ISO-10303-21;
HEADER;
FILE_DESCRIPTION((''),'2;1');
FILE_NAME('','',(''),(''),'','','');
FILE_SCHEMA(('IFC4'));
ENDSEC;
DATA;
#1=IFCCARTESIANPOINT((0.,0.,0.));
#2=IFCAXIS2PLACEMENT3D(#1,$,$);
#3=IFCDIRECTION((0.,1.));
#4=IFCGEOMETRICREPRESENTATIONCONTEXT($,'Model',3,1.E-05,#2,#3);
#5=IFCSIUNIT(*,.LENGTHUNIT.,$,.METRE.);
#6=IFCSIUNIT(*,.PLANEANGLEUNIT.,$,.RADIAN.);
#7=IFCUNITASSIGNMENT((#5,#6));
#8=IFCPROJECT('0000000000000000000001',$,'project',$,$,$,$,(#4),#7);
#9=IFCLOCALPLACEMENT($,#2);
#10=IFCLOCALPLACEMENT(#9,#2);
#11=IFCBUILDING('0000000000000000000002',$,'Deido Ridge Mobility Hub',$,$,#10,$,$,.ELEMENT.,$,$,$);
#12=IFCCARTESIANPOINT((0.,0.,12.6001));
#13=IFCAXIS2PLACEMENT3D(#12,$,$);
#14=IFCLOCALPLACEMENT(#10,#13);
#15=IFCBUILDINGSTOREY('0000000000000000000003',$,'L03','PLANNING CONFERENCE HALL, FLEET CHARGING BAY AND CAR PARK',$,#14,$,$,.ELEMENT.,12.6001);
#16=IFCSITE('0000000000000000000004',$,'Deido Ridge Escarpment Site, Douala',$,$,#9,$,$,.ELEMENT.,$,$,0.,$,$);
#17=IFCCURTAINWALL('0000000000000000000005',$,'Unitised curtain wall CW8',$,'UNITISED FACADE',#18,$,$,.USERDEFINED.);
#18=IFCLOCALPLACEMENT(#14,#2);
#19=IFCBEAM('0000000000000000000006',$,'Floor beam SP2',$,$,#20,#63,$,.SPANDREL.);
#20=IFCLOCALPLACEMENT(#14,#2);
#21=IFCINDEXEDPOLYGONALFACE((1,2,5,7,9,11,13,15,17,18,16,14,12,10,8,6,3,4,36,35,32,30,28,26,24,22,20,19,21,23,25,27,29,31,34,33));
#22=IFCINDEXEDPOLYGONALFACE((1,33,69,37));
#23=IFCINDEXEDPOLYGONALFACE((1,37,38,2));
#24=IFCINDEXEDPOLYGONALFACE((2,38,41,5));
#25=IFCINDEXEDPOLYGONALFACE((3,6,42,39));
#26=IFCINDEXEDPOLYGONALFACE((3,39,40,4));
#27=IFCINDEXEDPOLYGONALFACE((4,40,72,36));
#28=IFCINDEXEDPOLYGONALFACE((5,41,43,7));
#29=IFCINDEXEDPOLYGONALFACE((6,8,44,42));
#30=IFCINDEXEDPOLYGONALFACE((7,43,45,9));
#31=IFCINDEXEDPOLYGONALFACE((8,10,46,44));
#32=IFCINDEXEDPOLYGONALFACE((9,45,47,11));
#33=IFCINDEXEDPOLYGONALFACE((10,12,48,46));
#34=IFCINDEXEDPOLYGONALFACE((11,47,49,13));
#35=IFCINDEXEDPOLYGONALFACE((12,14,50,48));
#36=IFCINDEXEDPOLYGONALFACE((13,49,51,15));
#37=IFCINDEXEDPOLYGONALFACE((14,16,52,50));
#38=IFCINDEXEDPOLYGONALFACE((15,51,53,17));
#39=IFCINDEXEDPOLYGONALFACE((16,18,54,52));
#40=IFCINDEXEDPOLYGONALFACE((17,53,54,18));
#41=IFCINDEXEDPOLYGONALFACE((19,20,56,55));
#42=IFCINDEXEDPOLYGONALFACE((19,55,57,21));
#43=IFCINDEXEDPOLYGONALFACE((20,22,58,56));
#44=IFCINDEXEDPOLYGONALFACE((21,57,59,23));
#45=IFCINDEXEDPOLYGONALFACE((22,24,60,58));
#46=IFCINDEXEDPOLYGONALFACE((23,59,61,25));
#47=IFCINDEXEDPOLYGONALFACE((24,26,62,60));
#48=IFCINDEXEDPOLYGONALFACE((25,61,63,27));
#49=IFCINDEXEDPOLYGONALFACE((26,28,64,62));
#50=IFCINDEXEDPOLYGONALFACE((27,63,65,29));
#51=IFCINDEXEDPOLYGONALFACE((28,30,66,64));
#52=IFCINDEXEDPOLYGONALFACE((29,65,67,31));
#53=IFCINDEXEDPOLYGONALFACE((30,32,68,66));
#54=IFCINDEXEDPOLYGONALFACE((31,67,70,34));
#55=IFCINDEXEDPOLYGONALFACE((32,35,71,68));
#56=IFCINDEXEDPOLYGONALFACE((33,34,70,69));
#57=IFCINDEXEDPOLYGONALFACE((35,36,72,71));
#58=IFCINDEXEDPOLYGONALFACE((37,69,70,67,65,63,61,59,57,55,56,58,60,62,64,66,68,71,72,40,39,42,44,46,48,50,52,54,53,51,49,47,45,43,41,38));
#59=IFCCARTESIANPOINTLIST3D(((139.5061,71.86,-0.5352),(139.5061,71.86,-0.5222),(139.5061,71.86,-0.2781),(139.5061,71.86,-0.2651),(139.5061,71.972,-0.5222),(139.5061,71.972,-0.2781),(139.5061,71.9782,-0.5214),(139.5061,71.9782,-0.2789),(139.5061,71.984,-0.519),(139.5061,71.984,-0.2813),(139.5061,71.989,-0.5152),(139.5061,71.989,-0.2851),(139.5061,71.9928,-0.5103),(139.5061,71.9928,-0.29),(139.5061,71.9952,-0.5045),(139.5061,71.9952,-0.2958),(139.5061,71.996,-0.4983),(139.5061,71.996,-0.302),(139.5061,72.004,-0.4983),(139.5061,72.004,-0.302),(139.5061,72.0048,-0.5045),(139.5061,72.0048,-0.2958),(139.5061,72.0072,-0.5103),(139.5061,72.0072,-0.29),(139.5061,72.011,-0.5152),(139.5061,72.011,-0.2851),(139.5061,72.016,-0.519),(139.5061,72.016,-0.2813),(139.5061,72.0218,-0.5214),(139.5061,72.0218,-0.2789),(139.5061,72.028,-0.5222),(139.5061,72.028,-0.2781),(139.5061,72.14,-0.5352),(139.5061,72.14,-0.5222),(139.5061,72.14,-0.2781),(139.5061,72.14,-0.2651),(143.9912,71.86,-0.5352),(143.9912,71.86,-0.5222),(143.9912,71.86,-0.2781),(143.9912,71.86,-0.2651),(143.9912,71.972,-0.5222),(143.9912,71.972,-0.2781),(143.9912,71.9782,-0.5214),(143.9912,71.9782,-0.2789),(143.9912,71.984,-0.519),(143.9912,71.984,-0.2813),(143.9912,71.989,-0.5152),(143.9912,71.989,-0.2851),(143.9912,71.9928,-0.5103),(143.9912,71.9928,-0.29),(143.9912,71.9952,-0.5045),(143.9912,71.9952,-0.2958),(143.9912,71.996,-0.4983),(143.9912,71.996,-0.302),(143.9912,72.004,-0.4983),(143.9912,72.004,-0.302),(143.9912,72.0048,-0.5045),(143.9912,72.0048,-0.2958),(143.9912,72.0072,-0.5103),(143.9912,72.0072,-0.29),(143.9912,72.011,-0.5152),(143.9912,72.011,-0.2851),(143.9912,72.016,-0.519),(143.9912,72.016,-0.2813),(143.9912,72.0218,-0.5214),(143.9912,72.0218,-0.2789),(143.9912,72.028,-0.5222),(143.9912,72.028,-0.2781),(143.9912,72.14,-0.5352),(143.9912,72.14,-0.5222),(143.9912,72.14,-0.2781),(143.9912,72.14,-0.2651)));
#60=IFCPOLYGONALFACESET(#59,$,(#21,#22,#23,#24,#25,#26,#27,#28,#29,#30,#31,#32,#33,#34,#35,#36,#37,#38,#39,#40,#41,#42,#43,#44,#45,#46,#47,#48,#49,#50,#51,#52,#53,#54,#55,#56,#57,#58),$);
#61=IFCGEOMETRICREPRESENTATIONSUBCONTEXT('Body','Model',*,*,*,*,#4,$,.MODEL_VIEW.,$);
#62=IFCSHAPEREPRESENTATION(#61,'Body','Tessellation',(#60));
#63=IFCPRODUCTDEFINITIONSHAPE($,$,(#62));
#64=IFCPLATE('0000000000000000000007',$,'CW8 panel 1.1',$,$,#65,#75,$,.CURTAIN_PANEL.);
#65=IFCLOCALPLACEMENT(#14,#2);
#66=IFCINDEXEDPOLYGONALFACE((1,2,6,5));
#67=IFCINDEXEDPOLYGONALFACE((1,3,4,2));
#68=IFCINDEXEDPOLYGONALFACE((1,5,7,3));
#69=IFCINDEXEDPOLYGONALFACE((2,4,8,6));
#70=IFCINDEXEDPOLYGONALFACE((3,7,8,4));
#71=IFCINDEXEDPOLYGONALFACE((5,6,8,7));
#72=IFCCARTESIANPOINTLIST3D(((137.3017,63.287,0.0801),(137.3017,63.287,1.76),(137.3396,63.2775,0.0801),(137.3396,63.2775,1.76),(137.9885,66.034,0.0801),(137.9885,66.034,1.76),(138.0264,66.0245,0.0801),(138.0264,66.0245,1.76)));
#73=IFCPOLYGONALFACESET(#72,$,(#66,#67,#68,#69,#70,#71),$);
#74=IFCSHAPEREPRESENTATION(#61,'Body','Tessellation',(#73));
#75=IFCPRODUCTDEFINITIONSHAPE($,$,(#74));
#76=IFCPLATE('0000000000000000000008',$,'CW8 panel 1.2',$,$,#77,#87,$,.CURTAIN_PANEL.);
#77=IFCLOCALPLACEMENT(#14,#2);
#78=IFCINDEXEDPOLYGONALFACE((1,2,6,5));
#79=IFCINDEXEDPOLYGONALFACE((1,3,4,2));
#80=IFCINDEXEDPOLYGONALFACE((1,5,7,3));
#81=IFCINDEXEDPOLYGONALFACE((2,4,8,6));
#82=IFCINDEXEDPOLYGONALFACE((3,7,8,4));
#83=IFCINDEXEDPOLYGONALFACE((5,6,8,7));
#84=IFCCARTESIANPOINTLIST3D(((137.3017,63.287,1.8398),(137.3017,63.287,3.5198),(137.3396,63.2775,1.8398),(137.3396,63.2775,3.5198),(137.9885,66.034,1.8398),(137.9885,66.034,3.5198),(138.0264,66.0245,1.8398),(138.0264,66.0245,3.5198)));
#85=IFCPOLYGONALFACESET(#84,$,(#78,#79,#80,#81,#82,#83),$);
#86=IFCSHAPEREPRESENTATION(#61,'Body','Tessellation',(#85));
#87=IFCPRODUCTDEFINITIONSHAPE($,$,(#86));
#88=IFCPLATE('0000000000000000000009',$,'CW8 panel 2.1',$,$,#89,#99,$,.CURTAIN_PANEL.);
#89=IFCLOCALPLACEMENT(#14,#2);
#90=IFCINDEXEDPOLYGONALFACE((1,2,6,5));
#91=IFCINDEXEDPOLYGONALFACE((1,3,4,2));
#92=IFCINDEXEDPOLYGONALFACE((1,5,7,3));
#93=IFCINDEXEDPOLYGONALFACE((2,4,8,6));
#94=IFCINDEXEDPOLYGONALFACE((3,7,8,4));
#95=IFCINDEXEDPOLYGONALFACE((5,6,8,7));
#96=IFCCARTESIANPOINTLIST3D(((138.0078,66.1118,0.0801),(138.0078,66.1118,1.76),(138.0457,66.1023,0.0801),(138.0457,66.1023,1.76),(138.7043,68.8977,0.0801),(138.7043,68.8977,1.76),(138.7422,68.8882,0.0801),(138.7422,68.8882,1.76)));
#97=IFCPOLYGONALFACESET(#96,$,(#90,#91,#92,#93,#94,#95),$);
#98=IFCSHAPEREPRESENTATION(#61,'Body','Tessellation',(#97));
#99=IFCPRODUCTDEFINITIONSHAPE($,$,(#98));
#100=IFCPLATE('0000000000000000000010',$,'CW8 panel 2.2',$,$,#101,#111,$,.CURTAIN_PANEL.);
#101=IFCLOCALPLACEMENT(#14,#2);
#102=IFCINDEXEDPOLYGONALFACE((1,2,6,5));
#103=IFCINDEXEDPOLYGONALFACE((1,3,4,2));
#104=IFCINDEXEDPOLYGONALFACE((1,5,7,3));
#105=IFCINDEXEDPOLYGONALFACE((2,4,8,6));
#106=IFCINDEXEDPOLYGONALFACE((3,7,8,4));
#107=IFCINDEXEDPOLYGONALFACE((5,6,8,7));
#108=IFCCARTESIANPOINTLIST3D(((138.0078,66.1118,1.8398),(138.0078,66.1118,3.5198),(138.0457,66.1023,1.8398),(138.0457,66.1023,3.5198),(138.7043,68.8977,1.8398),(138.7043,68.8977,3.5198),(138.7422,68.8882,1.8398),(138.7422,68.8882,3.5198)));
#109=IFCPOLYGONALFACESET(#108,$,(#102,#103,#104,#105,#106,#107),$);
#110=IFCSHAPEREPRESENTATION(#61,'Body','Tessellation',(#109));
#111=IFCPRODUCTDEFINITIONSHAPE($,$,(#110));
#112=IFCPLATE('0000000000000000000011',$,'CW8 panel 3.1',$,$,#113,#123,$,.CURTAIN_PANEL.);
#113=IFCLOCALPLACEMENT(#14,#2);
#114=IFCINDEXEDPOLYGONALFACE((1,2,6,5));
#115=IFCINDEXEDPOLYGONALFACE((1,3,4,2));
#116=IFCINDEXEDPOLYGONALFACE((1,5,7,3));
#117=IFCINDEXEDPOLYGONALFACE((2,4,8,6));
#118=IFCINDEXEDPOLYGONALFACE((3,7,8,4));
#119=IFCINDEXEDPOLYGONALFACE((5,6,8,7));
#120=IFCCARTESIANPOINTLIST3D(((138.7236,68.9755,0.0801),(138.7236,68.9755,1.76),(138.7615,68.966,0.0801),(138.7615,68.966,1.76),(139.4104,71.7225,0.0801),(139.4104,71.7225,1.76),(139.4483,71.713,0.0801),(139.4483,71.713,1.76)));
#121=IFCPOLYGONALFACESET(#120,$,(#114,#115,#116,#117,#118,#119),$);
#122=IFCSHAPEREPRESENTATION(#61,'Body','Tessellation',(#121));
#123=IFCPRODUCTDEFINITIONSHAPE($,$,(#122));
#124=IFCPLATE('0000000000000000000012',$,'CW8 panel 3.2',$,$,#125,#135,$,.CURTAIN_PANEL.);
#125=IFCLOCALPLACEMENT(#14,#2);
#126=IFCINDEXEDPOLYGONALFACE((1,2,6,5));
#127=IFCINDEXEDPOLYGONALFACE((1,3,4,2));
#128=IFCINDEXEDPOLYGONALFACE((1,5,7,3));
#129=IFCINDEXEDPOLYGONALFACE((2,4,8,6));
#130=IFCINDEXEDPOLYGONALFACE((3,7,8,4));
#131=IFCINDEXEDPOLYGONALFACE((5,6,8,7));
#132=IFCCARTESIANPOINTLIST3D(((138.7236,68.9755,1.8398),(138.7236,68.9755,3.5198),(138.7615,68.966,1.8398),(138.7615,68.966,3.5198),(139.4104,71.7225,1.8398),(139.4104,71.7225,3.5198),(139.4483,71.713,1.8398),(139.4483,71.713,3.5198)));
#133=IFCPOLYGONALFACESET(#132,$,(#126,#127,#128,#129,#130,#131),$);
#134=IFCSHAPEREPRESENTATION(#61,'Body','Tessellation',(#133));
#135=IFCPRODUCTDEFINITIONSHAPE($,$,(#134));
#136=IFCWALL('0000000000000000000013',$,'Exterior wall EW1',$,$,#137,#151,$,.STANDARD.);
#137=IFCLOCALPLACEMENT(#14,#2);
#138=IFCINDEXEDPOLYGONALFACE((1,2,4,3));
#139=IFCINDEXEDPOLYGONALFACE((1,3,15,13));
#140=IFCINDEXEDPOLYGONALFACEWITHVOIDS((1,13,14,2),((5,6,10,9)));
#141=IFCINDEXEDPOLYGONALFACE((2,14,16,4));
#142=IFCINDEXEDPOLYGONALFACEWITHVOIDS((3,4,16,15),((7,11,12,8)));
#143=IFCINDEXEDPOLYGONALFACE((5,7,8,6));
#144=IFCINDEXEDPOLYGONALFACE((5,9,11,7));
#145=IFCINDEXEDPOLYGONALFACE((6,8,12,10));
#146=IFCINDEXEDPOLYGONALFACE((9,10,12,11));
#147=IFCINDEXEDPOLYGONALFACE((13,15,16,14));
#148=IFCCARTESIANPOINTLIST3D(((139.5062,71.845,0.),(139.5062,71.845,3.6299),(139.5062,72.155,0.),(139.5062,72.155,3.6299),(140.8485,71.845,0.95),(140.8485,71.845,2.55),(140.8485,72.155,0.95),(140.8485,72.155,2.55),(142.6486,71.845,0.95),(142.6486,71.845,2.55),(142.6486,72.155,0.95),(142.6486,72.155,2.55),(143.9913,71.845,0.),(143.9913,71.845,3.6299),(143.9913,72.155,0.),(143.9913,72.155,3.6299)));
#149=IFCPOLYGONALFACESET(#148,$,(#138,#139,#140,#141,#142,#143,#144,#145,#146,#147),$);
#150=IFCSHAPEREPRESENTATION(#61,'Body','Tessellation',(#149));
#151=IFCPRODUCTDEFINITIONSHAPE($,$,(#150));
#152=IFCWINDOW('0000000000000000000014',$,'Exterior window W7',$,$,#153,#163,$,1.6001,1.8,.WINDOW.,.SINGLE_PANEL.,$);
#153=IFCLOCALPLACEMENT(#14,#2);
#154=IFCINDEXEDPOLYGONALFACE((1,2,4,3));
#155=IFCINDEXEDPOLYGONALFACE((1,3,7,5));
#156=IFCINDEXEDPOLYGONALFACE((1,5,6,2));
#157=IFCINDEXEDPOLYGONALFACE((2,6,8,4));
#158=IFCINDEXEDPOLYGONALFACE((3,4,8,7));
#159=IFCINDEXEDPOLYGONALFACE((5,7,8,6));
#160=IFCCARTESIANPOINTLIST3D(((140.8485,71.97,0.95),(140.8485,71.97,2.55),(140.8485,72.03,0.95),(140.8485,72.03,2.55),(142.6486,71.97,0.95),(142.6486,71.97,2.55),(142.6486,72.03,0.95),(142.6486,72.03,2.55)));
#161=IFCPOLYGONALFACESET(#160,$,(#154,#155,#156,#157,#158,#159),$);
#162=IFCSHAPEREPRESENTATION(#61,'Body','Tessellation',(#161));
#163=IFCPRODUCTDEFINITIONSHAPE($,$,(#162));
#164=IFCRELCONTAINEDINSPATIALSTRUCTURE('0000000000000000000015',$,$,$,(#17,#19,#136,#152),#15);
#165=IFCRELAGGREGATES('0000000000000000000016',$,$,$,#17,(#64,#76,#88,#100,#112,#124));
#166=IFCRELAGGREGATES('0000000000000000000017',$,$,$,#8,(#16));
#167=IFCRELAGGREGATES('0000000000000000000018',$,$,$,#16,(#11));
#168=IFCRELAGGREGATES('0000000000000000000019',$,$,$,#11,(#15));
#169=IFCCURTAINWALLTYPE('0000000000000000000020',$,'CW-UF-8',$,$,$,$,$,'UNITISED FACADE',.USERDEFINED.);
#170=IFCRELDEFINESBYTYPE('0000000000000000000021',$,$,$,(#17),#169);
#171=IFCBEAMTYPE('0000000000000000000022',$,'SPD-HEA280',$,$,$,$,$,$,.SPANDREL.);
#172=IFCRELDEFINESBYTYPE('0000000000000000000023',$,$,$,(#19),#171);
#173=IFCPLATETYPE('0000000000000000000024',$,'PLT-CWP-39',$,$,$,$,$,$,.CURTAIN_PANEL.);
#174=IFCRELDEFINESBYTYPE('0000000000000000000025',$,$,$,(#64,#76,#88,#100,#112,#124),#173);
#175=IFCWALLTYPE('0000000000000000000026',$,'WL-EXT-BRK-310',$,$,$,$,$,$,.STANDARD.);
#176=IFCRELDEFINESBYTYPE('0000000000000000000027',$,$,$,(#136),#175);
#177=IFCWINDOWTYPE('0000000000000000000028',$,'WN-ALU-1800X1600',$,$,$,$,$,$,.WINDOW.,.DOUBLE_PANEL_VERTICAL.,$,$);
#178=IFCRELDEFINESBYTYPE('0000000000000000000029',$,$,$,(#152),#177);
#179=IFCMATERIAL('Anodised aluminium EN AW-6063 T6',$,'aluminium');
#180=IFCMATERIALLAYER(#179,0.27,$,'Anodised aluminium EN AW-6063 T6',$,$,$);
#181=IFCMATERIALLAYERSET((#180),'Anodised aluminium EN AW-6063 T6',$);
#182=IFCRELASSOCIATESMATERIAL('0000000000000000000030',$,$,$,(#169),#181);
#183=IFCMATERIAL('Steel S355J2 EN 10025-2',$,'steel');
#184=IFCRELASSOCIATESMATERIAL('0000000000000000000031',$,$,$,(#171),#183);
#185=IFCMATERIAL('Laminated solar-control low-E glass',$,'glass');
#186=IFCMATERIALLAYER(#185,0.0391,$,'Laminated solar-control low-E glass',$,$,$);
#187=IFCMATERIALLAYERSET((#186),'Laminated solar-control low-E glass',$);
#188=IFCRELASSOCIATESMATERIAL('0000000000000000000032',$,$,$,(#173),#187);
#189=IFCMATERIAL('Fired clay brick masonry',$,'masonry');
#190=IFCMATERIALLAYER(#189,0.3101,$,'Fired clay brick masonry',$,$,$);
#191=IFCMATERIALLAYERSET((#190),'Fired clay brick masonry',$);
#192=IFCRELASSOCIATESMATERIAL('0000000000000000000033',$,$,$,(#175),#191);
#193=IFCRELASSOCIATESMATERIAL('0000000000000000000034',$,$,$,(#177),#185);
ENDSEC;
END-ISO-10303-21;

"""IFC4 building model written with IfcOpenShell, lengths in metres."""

from ifc_helpers import new_model, si_unit, direction, frame, frame_2d, origin, origin_2d, place, context, subcontext, project, spatial, rectangle, i_section, extrude, material, layer, layer_set, material_profile, profile_set, type_object, element, fill, aggregate, save


model = new_model("IFC4")

# Units and contexts
model_context = context("Model", 3, precision=1e-05, world=origin(), true_north=direction((0.0, 1.0)))
body_context = subcontext(model_context, "Body", "Model", "MODEL_VIEW")
ifc_project = project(units=[si_unit("LENGTHUNIT", "METRE"), si_unit("PLANEANGLEUNIT", "RADIAN")], contexts=[model_context])

# Site, building, storey
site_placement = place(None, origin())
site = spatial("IfcSite", under=ifc_project, at=site_placement, Name="Deido Ridge Escarpment Site, Douala", CompositionType="ELEMENT", RefElevation=0.0)
building_placement = place(site_placement, origin())
building = spatial("IfcBuilding", under=site, at=building_placement, Name="Deido Ridge Mobility Hub", CompositionType="ELEMENT")
storey_placement = place(building_placement, frame((0.0, 0.0, 12.6001)))
storey = spatial("IfcBuildingStorey", under=building, at=storey_placement, Name="L03", Description="PLANNING CONFERENCE HALL, FLEET CHARGING BAY AND CAR PARK", CompositionType="ELEMENT", Elevation=12.6001)

# Shared definitions
ifc_material_1 = material(Name="Steel S355J2 EN 10025-2", Category="steel")

# Curtain wall
ifc_material_2 = material(Name="Anodised aluminium EN AW-6063 T6", Category="aluminium")
ifc_layer_1 = layer(ifc_material_2, 0.27, Name="Anodised aluminium EN AW-6063 T6")
ifc_layer_set_1 = layer_set([ifc_layer_1], Name="Anodised aluminium EN AW-6063 T6")
curtain_wall_type = type_object("IfcCurtainWallType", Name="CW-UF-8", ElementType="UNITISED FACADE", PredefinedType="USERDEFINED", material=ifc_layer_set_1)
curtain_wall_placement = place(storey_placement, origin())
curtain_wall = element("IfcCurtainWall", 1, at=curtain_wall_placement, inside=storey, type_object=curtain_wall_type, Name="Unitised curtain wall CW8", ObjectType="UNITISED FACADE", PredefinedType="USERDEFINED")

# Beam
ifc_material_profile_1 = material_profile(ifc_material_1, i_section(OverallWidth=0.28, OverallDepth=0.27, WebThickness=0.0081, FlangeThickness=0.0129, FilletRadius=0.0239, at=origin_2d()), Name="HEA 280")
ifc_profile_set_1 = profile_set([ifc_material_profile_1], Name="Steel S355J2 EN 10025-2")
beam_type_1 = type_object("IfcBeamType", Name="SPD-HEA280", PredefinedType="SPANDREL", material=ifc_profile_set_1)
beam_1_placement = place(storey_placement, frame((139.5061, 72.0, -0.4001), z_axis=(1.0, 0.0, 0.0), x_axis=(0.0, 1.0, 0.0)))
element("IfcBeam", 2, at=beam_1_placement, inside=storey, type_object=beam_type_1, Name="Floor beam SP2", PredefinedType="SPANDREL", context=body_context, shape_type="SweptSolid", body=[
    extrude(i_section(OverallWidth=0.28, OverallDepth=0.27, WebThickness=0.0081, FlangeThickness=0.0129, FilletRadius=0.0239, at=origin_2d()), origin(), (0.0, 0.0, 1.0), 4.4851),
])

# Plates
ifc_material_3 = material(Name="Laminated solar-control low-E glass", Category="glass")
ifc_layer_2 = layer(ifc_material_3, 0.0391, Name="Laminated solar-control low-E glass")
ifc_layer_set_2 = layer_set([ifc_layer_2], Name="Laminated solar-control low-E glass")
plate_type = type_object("IfcPlateType", Name="PLT-CWP-39", PredefinedType="CURTAIN_PANEL", material=ifc_layer_set_2)
plate_1_placement = place(storey_placement, frame((137.6641, 64.6558, 0.0801), z_axis=(0.0, 0.0, 1.0), x_axis=(0.24253, 0.970144, 0.0)))
plate_1 = element("IfcPlate", 3, at=plate_1_placement, type_object=plate_type, Name="CW8 panel 1.1", PredefinedType="CURTAIN_PANEL", context=body_context, shape_type="SweptSolid", body=[
    extrude(rectangle(XDim=2.8315, YDim=0.0391, at=origin_2d()), origin(), (0.0, 0.0, 1.0), 1.6799),
])
plate_2_placement = place(storey_placement, frame((137.6641, 64.6558, 1.8398), z_axis=(0.0, 0.0, 1.0), x_axis=(0.24253, 0.970144, 0.0)))
plate_2 = element("IfcPlate", 4, at=plate_2_placement, type_object=plate_type, Name="CW8 panel 1.2", PredefinedType="CURTAIN_PANEL", context=body_context, shape_type="SweptSolid", body=[
    extrude(rectangle(XDim=2.8315, YDim=0.0391, at=origin_2d()), origin(), (0.0, 0.0, 1.0), 1.6799),
])
plate_3_placement = place(storey_placement, frame((138.375, 67.5, 0.0801), z_axis=(0.0, 0.0, 1.0), x_axis=(0.24253, 0.970144, 0.0)))
plate_3 = element("IfcPlate", 5, at=plate_3_placement, type_object=plate_type, Name="CW8 panel 2.1", PredefinedType="CURTAIN_PANEL", context=body_context, shape_type="SweptSolid", body=[
    extrude(rectangle(XDim=2.8716, YDim=0.0391, at=origin_2d()), origin(), (0.0, 0.0, 1.0), 1.6799),
])
plate_4_placement = place(storey_placement, frame((138.375, 67.5, 1.8398), z_axis=(0.0, 0.0, 1.0), x_axis=(0.24253, 0.970144, 0.0)))
plate_4 = element("IfcPlate", 6, at=plate_4_placement, type_object=plate_type, Name="CW8 panel 2.2", PredefinedType="CURTAIN_PANEL", context=body_context, shape_type="SweptSolid", body=[
    extrude(rectangle(XDim=2.8716, YDim=0.0391, at=origin_2d()), origin(), (0.0, 0.0, 1.0), 1.6799),
])
plate_5_placement = place(storey_placement, frame((139.0859, 70.3442, 0.0801), z_axis=(0.0, 0.0, 1.0), x_axis=(0.24253, 0.970144, 0.0)))
plate_5 = element("IfcPlate", 7, at=plate_5_placement, type_object=plate_type, Name="CW8 panel 3.1", PredefinedType="CURTAIN_PANEL", context=body_context, shape_type="SweptSolid", body=[
    extrude(rectangle(XDim=2.8315, YDim=0.0391, at=origin_2d()), origin(), (0.0, 0.0, 1.0), 1.6799),
])
plate_6_placement = place(storey_placement, frame((139.0859, 70.3442, 1.8398), z_axis=(0.0, 0.0, 1.0), x_axis=(0.24253, 0.970144, 0.0)))
plate_6 = element("IfcPlate", 8, at=plate_6_placement, type_object=plate_type, Name="CW8 panel 3.2", PredefinedType="CURTAIN_PANEL", context=body_context, shape_type="SweptSolid", body=[
    extrude(rectangle(XDim=2.8315, YDim=0.0391, at=origin_2d()), origin(), (0.0, 0.0, 1.0), 1.6799),
])
aggregate(curtain_wall, [plate_1, plate_2, plate_3, plate_4, plate_5, plate_6])

# Wall, opening, window
ifc_material_4 = material(Name="Fired clay brick masonry", Category="masonry")
ifc_layer_3 = layer(ifc_material_4, 0.3101, Name="Fired clay brick masonry")
ifc_layer_set_3 = layer_set([ifc_layer_3], Name="Fired clay brick masonry")
wall_type_1 = type_object("IfcWallType", Name="WL-EXT-BRK-310", PredefinedType="STANDARD", material=ifc_layer_set_3)
wall_1_placement = place(storey_placement, frame((139.5061, 72.0, 0.0), z_axis=(0.0, 0.0, 1.0), x_axis=(1.0, 0.0, 0.0)))
wall_1 = element("IfcWall", 9, at=wall_1_placement, inside=storey, type_object=wall_type_1, Name="Exterior wall EW1", PredefinedType="STANDARD", context=body_context, shape_type="SweptSolid", body=[
    extrude(rectangle(XDim=4.4851, YDim=0.3101, at=frame_2d((2.2427, 0.0))), origin(), (0.0, 0.0, 1.0), 3.6299),
])
opening_1_placement = place(wall_1_placement, frame((1.3425, 0.0, 0.95)))
opening_1 = element("IfcOpeningElement", 10, at=opening_1_placement, cuts=wall_1, PredefinedType="OPENING", context=body_context, shape_type="SweptSolid", body=[
    extrude(rectangle(XDim=1.8, YDim=1.6001, at=frame_2d((0.8999, 0.8))), frame((0.0, 0.165, 0.0), z_axis=(0.0, -1.0, 0.0), x_axis=(1.0, 0.0, 0.0)), (0.0, 0.0, 1.0), 0.3301),
])
window_type = type_object("IfcWindowType", Name="WN-ALU-1800X1600", PartitioningType="DOUBLE_PANEL_VERTICAL", PredefinedType="WINDOW", material=ifc_material_3)
window_placement = place(opening_1_placement, origin())
window = element("IfcWindow", 11, at=window_placement, inside=storey, type_object=window_type, Name="Exterior window W7", OverallHeight=1.6001, OverallWidth=1.8, PartitioningType="SINGLE_PANEL", PredefinedType="WINDOW", context=body_context, shape_type="SweptSolid", body=[
    extrude(rectangle(XDim=1.8, YDim=1.6001, at=frame_2d((0.8999, 0.8))), frame((0.0, 0.03, 0.0), z_axis=(0.0, -1.0, 0.0), x_axis=(1.0, 0.0, 0.0)), (0.0, 0.0, 1.0), 0.0601),
])
fill(opening_1, window)

save(model, "model.ifc")
